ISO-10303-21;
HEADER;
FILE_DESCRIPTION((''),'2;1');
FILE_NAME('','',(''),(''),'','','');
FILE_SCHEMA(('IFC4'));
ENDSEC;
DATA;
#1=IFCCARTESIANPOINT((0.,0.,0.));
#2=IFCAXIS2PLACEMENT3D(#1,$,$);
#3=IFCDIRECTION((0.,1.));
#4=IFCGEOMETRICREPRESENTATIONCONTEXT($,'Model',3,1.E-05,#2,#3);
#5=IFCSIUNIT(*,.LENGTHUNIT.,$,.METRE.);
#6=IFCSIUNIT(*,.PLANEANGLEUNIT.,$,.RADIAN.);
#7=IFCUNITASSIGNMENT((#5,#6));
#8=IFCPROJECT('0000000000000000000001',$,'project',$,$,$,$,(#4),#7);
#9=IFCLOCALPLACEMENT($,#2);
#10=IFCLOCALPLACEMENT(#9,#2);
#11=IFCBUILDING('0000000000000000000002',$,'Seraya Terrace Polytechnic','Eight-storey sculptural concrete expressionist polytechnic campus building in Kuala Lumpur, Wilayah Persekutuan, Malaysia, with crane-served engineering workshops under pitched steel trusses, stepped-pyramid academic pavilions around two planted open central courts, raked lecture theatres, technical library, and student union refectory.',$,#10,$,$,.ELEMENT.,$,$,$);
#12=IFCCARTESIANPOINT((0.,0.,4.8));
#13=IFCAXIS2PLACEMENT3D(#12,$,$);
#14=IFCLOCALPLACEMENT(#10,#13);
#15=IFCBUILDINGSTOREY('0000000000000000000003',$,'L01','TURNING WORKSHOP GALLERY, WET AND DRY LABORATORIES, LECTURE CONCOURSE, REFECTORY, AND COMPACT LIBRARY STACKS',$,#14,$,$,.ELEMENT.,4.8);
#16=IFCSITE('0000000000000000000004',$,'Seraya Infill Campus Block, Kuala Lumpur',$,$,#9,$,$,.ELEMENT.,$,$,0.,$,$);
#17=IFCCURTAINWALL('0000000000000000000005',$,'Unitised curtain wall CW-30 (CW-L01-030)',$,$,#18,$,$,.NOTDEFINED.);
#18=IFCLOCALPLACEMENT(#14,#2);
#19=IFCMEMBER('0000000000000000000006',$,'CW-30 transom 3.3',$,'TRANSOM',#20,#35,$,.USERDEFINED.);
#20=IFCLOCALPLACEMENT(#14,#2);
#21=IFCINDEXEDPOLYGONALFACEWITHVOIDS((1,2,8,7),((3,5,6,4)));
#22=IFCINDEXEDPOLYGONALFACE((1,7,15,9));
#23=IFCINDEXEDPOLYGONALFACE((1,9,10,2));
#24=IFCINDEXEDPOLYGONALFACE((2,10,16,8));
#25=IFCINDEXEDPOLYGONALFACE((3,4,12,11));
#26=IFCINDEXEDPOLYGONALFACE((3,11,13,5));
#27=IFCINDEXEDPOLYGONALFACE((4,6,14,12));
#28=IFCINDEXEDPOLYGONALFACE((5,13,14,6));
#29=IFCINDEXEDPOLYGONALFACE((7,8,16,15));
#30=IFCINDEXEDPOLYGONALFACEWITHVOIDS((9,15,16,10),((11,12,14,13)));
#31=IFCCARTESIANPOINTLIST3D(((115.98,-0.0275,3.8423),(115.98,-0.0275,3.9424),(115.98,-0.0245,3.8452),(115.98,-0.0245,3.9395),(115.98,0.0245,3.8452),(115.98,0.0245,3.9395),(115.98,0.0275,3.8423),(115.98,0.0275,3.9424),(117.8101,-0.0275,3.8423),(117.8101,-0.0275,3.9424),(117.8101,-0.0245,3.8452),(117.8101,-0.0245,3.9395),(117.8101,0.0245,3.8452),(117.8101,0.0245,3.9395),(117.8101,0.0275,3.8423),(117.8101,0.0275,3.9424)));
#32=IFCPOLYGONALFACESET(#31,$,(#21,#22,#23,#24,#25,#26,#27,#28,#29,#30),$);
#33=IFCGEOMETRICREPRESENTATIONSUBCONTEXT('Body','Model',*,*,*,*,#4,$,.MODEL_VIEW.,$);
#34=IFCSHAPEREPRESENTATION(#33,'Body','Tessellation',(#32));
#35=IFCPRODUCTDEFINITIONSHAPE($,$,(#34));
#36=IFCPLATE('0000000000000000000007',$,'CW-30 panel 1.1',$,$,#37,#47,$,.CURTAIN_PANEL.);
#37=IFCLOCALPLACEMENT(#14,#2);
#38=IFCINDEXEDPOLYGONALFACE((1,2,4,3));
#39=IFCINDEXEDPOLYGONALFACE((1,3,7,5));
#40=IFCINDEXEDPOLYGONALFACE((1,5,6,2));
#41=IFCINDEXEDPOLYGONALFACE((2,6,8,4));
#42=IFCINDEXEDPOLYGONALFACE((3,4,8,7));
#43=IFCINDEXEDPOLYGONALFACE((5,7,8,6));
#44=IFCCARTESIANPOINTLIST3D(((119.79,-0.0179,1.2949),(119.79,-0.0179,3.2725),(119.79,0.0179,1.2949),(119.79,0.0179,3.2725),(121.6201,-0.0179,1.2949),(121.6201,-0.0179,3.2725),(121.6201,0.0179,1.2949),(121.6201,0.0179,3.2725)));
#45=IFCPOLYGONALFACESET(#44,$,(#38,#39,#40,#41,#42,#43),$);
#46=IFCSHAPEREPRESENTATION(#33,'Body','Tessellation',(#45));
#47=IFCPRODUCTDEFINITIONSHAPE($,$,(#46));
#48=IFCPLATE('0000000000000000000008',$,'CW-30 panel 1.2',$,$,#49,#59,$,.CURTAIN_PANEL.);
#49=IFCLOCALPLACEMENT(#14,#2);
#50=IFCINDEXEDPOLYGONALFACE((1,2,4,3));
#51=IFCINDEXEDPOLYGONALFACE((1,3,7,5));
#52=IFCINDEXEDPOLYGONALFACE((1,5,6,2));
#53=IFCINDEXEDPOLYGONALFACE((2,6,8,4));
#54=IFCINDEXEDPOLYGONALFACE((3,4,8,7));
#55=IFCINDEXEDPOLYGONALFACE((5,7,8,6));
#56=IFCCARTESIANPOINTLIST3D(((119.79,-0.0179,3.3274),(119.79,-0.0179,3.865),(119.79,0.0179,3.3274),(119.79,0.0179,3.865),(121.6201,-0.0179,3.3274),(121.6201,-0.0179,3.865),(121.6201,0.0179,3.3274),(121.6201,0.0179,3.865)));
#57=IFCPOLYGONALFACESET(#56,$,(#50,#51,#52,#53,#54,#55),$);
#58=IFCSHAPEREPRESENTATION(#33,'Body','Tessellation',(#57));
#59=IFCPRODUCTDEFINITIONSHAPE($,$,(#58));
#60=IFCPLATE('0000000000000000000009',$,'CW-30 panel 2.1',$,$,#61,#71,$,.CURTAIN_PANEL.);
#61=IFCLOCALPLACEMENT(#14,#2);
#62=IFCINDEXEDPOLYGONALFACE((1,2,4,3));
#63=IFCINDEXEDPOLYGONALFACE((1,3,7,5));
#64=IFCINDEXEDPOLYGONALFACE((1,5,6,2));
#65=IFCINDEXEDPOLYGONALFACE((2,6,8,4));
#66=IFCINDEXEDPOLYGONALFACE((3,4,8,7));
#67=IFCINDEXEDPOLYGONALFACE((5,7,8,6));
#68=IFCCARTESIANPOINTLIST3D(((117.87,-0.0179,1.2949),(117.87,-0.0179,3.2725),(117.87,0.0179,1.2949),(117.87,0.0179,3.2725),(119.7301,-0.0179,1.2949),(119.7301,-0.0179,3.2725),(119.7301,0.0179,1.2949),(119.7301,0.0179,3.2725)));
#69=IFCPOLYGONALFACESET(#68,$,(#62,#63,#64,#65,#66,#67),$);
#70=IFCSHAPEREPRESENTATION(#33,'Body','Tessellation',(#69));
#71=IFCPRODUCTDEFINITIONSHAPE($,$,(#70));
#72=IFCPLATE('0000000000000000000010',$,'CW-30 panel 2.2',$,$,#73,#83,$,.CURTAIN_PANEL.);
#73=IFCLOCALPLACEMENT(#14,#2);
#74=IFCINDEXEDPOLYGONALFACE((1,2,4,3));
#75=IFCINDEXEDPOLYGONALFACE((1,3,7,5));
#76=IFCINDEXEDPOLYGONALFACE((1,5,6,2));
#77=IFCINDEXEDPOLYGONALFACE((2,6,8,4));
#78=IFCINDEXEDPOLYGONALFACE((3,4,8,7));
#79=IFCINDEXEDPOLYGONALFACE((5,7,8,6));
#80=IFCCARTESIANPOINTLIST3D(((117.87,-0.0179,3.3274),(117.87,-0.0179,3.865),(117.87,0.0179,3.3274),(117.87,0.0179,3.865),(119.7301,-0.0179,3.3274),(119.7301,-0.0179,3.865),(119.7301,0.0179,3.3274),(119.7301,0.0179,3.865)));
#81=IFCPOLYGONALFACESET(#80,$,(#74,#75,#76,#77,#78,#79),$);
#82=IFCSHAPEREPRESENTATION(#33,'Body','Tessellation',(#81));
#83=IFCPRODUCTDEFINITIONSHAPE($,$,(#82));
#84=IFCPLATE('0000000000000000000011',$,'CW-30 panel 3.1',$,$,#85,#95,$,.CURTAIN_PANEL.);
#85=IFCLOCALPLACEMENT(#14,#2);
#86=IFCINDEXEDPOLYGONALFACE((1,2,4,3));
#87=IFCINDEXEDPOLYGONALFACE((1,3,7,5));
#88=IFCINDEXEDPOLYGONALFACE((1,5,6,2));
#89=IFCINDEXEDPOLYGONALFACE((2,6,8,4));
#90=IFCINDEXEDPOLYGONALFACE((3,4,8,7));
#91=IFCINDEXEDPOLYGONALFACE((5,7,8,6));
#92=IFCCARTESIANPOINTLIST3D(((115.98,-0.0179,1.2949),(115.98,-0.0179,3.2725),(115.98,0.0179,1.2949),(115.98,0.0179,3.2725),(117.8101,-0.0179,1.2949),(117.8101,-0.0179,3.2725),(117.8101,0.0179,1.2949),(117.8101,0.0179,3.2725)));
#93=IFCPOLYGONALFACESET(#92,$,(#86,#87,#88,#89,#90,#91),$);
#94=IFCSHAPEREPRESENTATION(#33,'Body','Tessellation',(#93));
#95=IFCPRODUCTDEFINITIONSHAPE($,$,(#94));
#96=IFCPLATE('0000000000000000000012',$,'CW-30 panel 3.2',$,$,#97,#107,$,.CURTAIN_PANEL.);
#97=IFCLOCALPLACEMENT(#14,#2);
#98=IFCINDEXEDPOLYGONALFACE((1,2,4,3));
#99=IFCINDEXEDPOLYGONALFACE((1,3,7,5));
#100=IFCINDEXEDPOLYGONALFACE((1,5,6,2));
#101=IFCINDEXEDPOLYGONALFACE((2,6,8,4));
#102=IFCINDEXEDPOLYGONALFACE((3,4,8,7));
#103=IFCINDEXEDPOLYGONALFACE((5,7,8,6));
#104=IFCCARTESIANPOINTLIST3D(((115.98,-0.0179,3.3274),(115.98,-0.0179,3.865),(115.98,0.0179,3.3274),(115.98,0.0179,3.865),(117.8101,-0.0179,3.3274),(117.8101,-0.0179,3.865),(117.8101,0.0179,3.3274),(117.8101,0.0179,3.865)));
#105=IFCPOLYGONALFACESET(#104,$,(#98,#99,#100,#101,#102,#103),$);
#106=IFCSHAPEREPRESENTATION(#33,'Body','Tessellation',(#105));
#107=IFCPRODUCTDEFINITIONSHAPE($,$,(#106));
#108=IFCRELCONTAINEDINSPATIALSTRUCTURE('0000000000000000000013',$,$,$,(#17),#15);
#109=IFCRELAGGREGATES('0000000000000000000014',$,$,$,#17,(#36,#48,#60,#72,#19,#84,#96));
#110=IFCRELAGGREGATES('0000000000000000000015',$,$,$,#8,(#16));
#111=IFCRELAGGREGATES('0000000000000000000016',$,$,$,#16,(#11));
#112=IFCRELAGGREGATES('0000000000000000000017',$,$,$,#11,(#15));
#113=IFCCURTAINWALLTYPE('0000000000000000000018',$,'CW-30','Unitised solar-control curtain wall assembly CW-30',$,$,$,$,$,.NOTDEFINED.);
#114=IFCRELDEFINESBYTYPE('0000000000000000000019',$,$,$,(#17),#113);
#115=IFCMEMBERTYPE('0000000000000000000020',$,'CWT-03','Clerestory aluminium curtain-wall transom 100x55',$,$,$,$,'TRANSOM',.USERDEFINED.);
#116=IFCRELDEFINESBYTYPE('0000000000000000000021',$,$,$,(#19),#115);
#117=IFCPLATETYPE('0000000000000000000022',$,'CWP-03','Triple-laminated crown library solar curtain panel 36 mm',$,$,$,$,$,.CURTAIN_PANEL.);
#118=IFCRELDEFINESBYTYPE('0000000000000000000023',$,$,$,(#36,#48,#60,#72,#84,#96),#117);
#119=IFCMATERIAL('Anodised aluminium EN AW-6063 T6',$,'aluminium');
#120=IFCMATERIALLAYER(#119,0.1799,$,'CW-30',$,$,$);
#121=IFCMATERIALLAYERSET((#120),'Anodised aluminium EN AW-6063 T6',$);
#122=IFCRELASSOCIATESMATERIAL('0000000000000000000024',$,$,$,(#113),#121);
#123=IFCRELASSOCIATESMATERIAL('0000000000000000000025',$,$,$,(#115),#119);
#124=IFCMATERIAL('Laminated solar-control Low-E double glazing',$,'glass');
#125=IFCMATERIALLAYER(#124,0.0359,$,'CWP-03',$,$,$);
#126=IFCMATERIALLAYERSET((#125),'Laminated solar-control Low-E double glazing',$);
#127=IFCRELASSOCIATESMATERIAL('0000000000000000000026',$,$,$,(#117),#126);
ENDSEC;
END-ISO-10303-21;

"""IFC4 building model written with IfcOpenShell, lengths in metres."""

from ifc_helpers import new_model, si_unit, direction, frame, origin, origin_2d, place, context, subcontext, project, spatial, rectangle, hollow_rectangle, extrude, material, layer, layer_set, material_profile, profile_set, type_object, element, aggregate, save


model = new_model("IFC4")

# Units and contexts
model_context = context("Model", 3, precision=1e-05, world=origin(), true_north=direction((0.0, 1.0)))
body_context = subcontext(model_context, "Body", "Model", "MODEL_VIEW")
ifc_project = project(units=[si_unit("LENGTHUNIT", "METRE"), si_unit("PLANEANGLEUNIT", "RADIAN")], contexts=[model_context])

# Site, building, storey
site_placement = place(None, origin())
site = spatial("IfcSite", under=ifc_project, at=site_placement, Name="Seraya Infill Campus Block, Kuala Lumpur", CompositionType="ELEMENT", RefElevation=0.0)
building_placement = place(site_placement, origin())
building = spatial("IfcBuilding", under=site, at=building_placement, Name="Seraya Terrace Polytechnic", Description="Eight-storey sculptural concrete expressionist polytechnic campus building in Kuala Lumpur, Wilayah Persekutuan, Malaysia, with crane-served engineering workshops under pitched steel trusses, stepped-pyramid academic pavilions around two planted open central courts, raked lecture theatres, technical library, and student union refectory.", CompositionType="ELEMENT")
storey_placement = place(building_placement, frame((0.0, 0.0, 4.8)))
storey = spatial("IfcBuildingStorey", under=building, at=storey_placement, Name="L01", Description="TURNING WORKSHOP GALLERY, WET AND DRY LABORATORIES, LECTURE CONCOURSE, REFECTORY, AND COMPACT LIBRARY STACKS", CompositionType="ELEMENT", Elevation=4.8)

# Curtain wall, member, plates
ifc_material_1 = material(Name="Anodised aluminium EN AW-6063 T6", Category="aluminium")
ifc_layer_1 = layer(ifc_material_1, 0.1799, Name="CW-30")
ifc_layer_set_1 = layer_set([ifc_layer_1], Name="Anodised aluminium EN AW-6063 T6")
curtain_wall_type = type_object("IfcCurtainWallType", Name="CW-30", Description="Unitised solar-control curtain wall assembly CW-30", PredefinedType="NOTDEFINED", material=ifc_layer_set_1)
curtain_wall_placement = place(storey_placement, origin())
curtain_wall = element("IfcCurtainWall", 1, at=curtain_wall_placement, inside=storey, type_object=curtain_wall_type, Name="Unitised curtain wall CW-30 (CW-L01-030)", PredefinedType="NOTDEFINED")
ifc_material_profile_1 = material_profile(ifc_material_1, hollow_rectangle(XDim=0.0549, YDim=0.1001, WallThickness=0.0029, at=origin_2d()), Name="RHS 100x55x3.0")
ifc_profile_set_1 = profile_set([ifc_material_profile_1], Name="Anodised aluminium EN AW-6063 T6")
member_type_1 = type_object("IfcMemberType", Name="CWT-03", Description="Clerestory aluminium curtain-wall transom 100x55", ElementType="TRANSOM", PredefinedType="USERDEFINED", material=ifc_profile_set_1)
member_1_placement = place(storey_placement, frame((117.8101, 0.0, 3.8923), z_axis=(-1.0, 0.0, 0.0), x_axis=(0.0, -1.0, 0.0)))
member_1 = element("IfcMember", 2, at=member_1_placement, type_object=member_type_1, Name="CW-30 transom 3.3", ObjectType="TRANSOM", PredefinedType="USERDEFINED", context=body_context, shape_type="SweptSolid", body=[
    extrude(hollow_rectangle(XDim=0.0549, YDim=0.1001, WallThickness=0.0029, at=origin_2d()), origin(), (0.0, 0.0, 1.0), 1.8301),
])
ifc_material_2 = material(Name="Laminated solar-control Low-E double glazing", Category="glass")
ifc_layer_2 = layer(ifc_material_2, 0.0359, Name="CWP-03")
ifc_layer_set_2 = layer_set([ifc_layer_2], Name="Laminated solar-control Low-E double glazing")
plate_type = type_object("IfcPlateType", Name="CWP-03", Description="Triple-laminated crown library solar curtain panel 36 mm", PredefinedType="CURTAIN_PANEL", material=ifc_layer_set_2)
plate_1_placement = place(storey_placement, frame((120.7051, 0.0, 1.2949), z_axis=(0.0, 0.0, 1.0), x_axis=(-1.0, 0.0, 0.0)))
plate_1 = element("IfcPlate", 3, at=plate_1_placement, type_object=plate_type, Name="CW-30 panel 1.1", PredefinedType="CURTAIN_PANEL", context=body_context, shape_type="SweptSolid", body=[
    extrude(rectangle(XDim=1.8301, YDim=0.0359, at=origin_2d()), origin(), (0.0, 0.0, 1.0), 1.9775),
])
plate_2_placement = place(storey_placement, frame((120.7051, 0.0, 3.3274), z_axis=(0.0, 0.0, 1.0), x_axis=(-1.0, 0.0, 0.0)))
plate_2 = element("IfcPlate", 4, at=plate_2_placement, type_object=plate_type, Name="CW-30 panel 1.2", PredefinedType="CURTAIN_PANEL", context=body_context, shape_type="SweptSolid", body=[
    extrude(rectangle(XDim=1.8301, YDim=0.0359, at=origin_2d()), origin(), (0.0, 0.0, 1.0), 0.5376),
])
plate_3_placement = place(storey_placement, frame((118.8, 0.0, 1.2949), z_axis=(0.0, 0.0, 1.0), x_axis=(-1.0, 0.0, 0.0)))
plate_3 = element("IfcPlate", 5, at=plate_3_placement, type_object=plate_type, Name="CW-30 panel 2.1", PredefinedType="CURTAIN_PANEL", context=body_context, shape_type="SweptSolid", body=[
    extrude(rectangle(XDim=1.8601, YDim=0.0359, at=origin_2d()), origin(), (0.0, 0.0, 1.0), 1.9775),
])
plate_4_placement = place(storey_placement, frame((118.8, 0.0, 3.3274), z_axis=(0.0, 0.0, 1.0), x_axis=(-1.0, 0.0, 0.0)))
plate_4 = element("IfcPlate", 6, at=plate_4_placement, type_object=plate_type, Name="CW-30 panel 2.2", PredefinedType="CURTAIN_PANEL", context=body_context, shape_type="SweptSolid", body=[
    extrude(rectangle(XDim=1.8601, YDim=0.0359, at=origin_2d()), origin(), (0.0, 0.0, 1.0), 0.5376),
])
plate_5_placement = place(storey_placement, frame((116.895, 0.0, 1.2949), z_axis=(0.0, 0.0, 1.0), x_axis=(-1.0, 0.0, 0.0)))
plate_5 = element("IfcPlate", 7, at=plate_5_placement, type_object=plate_type, Name="CW-30 panel 3.1", PredefinedType="CURTAIN_PANEL", context=body_context, shape_type="SweptSolid", body=[
    extrude(rectangle(XDim=1.8301, YDim=0.0359, at=origin_2d()), origin(), (0.0, 0.0, 1.0), 1.9775),
])
plate_6_placement = place(storey_placement, frame((116.895, 0.0, 3.3274), z_axis=(0.0, 0.0, 1.0), x_axis=(-1.0, 0.0, 0.0)))
plate_6 = element("IfcPlate", 8, at=plate_6_placement, type_object=plate_type, Name="CW-30 panel 3.2", PredefinedType="CURTAIN_PANEL", context=body_context, shape_type="SweptSolid", body=[
    extrude(rectangle(XDim=1.8301, YDim=0.0359, at=origin_2d()), origin(), (0.0, 0.0, 1.0), 0.5376),
])
aggregate(curtain_wall, [plate_1, plate_2, plate_3, plate_4, member_1, plate_5, plate_6])

save(model, "model.ifc")
